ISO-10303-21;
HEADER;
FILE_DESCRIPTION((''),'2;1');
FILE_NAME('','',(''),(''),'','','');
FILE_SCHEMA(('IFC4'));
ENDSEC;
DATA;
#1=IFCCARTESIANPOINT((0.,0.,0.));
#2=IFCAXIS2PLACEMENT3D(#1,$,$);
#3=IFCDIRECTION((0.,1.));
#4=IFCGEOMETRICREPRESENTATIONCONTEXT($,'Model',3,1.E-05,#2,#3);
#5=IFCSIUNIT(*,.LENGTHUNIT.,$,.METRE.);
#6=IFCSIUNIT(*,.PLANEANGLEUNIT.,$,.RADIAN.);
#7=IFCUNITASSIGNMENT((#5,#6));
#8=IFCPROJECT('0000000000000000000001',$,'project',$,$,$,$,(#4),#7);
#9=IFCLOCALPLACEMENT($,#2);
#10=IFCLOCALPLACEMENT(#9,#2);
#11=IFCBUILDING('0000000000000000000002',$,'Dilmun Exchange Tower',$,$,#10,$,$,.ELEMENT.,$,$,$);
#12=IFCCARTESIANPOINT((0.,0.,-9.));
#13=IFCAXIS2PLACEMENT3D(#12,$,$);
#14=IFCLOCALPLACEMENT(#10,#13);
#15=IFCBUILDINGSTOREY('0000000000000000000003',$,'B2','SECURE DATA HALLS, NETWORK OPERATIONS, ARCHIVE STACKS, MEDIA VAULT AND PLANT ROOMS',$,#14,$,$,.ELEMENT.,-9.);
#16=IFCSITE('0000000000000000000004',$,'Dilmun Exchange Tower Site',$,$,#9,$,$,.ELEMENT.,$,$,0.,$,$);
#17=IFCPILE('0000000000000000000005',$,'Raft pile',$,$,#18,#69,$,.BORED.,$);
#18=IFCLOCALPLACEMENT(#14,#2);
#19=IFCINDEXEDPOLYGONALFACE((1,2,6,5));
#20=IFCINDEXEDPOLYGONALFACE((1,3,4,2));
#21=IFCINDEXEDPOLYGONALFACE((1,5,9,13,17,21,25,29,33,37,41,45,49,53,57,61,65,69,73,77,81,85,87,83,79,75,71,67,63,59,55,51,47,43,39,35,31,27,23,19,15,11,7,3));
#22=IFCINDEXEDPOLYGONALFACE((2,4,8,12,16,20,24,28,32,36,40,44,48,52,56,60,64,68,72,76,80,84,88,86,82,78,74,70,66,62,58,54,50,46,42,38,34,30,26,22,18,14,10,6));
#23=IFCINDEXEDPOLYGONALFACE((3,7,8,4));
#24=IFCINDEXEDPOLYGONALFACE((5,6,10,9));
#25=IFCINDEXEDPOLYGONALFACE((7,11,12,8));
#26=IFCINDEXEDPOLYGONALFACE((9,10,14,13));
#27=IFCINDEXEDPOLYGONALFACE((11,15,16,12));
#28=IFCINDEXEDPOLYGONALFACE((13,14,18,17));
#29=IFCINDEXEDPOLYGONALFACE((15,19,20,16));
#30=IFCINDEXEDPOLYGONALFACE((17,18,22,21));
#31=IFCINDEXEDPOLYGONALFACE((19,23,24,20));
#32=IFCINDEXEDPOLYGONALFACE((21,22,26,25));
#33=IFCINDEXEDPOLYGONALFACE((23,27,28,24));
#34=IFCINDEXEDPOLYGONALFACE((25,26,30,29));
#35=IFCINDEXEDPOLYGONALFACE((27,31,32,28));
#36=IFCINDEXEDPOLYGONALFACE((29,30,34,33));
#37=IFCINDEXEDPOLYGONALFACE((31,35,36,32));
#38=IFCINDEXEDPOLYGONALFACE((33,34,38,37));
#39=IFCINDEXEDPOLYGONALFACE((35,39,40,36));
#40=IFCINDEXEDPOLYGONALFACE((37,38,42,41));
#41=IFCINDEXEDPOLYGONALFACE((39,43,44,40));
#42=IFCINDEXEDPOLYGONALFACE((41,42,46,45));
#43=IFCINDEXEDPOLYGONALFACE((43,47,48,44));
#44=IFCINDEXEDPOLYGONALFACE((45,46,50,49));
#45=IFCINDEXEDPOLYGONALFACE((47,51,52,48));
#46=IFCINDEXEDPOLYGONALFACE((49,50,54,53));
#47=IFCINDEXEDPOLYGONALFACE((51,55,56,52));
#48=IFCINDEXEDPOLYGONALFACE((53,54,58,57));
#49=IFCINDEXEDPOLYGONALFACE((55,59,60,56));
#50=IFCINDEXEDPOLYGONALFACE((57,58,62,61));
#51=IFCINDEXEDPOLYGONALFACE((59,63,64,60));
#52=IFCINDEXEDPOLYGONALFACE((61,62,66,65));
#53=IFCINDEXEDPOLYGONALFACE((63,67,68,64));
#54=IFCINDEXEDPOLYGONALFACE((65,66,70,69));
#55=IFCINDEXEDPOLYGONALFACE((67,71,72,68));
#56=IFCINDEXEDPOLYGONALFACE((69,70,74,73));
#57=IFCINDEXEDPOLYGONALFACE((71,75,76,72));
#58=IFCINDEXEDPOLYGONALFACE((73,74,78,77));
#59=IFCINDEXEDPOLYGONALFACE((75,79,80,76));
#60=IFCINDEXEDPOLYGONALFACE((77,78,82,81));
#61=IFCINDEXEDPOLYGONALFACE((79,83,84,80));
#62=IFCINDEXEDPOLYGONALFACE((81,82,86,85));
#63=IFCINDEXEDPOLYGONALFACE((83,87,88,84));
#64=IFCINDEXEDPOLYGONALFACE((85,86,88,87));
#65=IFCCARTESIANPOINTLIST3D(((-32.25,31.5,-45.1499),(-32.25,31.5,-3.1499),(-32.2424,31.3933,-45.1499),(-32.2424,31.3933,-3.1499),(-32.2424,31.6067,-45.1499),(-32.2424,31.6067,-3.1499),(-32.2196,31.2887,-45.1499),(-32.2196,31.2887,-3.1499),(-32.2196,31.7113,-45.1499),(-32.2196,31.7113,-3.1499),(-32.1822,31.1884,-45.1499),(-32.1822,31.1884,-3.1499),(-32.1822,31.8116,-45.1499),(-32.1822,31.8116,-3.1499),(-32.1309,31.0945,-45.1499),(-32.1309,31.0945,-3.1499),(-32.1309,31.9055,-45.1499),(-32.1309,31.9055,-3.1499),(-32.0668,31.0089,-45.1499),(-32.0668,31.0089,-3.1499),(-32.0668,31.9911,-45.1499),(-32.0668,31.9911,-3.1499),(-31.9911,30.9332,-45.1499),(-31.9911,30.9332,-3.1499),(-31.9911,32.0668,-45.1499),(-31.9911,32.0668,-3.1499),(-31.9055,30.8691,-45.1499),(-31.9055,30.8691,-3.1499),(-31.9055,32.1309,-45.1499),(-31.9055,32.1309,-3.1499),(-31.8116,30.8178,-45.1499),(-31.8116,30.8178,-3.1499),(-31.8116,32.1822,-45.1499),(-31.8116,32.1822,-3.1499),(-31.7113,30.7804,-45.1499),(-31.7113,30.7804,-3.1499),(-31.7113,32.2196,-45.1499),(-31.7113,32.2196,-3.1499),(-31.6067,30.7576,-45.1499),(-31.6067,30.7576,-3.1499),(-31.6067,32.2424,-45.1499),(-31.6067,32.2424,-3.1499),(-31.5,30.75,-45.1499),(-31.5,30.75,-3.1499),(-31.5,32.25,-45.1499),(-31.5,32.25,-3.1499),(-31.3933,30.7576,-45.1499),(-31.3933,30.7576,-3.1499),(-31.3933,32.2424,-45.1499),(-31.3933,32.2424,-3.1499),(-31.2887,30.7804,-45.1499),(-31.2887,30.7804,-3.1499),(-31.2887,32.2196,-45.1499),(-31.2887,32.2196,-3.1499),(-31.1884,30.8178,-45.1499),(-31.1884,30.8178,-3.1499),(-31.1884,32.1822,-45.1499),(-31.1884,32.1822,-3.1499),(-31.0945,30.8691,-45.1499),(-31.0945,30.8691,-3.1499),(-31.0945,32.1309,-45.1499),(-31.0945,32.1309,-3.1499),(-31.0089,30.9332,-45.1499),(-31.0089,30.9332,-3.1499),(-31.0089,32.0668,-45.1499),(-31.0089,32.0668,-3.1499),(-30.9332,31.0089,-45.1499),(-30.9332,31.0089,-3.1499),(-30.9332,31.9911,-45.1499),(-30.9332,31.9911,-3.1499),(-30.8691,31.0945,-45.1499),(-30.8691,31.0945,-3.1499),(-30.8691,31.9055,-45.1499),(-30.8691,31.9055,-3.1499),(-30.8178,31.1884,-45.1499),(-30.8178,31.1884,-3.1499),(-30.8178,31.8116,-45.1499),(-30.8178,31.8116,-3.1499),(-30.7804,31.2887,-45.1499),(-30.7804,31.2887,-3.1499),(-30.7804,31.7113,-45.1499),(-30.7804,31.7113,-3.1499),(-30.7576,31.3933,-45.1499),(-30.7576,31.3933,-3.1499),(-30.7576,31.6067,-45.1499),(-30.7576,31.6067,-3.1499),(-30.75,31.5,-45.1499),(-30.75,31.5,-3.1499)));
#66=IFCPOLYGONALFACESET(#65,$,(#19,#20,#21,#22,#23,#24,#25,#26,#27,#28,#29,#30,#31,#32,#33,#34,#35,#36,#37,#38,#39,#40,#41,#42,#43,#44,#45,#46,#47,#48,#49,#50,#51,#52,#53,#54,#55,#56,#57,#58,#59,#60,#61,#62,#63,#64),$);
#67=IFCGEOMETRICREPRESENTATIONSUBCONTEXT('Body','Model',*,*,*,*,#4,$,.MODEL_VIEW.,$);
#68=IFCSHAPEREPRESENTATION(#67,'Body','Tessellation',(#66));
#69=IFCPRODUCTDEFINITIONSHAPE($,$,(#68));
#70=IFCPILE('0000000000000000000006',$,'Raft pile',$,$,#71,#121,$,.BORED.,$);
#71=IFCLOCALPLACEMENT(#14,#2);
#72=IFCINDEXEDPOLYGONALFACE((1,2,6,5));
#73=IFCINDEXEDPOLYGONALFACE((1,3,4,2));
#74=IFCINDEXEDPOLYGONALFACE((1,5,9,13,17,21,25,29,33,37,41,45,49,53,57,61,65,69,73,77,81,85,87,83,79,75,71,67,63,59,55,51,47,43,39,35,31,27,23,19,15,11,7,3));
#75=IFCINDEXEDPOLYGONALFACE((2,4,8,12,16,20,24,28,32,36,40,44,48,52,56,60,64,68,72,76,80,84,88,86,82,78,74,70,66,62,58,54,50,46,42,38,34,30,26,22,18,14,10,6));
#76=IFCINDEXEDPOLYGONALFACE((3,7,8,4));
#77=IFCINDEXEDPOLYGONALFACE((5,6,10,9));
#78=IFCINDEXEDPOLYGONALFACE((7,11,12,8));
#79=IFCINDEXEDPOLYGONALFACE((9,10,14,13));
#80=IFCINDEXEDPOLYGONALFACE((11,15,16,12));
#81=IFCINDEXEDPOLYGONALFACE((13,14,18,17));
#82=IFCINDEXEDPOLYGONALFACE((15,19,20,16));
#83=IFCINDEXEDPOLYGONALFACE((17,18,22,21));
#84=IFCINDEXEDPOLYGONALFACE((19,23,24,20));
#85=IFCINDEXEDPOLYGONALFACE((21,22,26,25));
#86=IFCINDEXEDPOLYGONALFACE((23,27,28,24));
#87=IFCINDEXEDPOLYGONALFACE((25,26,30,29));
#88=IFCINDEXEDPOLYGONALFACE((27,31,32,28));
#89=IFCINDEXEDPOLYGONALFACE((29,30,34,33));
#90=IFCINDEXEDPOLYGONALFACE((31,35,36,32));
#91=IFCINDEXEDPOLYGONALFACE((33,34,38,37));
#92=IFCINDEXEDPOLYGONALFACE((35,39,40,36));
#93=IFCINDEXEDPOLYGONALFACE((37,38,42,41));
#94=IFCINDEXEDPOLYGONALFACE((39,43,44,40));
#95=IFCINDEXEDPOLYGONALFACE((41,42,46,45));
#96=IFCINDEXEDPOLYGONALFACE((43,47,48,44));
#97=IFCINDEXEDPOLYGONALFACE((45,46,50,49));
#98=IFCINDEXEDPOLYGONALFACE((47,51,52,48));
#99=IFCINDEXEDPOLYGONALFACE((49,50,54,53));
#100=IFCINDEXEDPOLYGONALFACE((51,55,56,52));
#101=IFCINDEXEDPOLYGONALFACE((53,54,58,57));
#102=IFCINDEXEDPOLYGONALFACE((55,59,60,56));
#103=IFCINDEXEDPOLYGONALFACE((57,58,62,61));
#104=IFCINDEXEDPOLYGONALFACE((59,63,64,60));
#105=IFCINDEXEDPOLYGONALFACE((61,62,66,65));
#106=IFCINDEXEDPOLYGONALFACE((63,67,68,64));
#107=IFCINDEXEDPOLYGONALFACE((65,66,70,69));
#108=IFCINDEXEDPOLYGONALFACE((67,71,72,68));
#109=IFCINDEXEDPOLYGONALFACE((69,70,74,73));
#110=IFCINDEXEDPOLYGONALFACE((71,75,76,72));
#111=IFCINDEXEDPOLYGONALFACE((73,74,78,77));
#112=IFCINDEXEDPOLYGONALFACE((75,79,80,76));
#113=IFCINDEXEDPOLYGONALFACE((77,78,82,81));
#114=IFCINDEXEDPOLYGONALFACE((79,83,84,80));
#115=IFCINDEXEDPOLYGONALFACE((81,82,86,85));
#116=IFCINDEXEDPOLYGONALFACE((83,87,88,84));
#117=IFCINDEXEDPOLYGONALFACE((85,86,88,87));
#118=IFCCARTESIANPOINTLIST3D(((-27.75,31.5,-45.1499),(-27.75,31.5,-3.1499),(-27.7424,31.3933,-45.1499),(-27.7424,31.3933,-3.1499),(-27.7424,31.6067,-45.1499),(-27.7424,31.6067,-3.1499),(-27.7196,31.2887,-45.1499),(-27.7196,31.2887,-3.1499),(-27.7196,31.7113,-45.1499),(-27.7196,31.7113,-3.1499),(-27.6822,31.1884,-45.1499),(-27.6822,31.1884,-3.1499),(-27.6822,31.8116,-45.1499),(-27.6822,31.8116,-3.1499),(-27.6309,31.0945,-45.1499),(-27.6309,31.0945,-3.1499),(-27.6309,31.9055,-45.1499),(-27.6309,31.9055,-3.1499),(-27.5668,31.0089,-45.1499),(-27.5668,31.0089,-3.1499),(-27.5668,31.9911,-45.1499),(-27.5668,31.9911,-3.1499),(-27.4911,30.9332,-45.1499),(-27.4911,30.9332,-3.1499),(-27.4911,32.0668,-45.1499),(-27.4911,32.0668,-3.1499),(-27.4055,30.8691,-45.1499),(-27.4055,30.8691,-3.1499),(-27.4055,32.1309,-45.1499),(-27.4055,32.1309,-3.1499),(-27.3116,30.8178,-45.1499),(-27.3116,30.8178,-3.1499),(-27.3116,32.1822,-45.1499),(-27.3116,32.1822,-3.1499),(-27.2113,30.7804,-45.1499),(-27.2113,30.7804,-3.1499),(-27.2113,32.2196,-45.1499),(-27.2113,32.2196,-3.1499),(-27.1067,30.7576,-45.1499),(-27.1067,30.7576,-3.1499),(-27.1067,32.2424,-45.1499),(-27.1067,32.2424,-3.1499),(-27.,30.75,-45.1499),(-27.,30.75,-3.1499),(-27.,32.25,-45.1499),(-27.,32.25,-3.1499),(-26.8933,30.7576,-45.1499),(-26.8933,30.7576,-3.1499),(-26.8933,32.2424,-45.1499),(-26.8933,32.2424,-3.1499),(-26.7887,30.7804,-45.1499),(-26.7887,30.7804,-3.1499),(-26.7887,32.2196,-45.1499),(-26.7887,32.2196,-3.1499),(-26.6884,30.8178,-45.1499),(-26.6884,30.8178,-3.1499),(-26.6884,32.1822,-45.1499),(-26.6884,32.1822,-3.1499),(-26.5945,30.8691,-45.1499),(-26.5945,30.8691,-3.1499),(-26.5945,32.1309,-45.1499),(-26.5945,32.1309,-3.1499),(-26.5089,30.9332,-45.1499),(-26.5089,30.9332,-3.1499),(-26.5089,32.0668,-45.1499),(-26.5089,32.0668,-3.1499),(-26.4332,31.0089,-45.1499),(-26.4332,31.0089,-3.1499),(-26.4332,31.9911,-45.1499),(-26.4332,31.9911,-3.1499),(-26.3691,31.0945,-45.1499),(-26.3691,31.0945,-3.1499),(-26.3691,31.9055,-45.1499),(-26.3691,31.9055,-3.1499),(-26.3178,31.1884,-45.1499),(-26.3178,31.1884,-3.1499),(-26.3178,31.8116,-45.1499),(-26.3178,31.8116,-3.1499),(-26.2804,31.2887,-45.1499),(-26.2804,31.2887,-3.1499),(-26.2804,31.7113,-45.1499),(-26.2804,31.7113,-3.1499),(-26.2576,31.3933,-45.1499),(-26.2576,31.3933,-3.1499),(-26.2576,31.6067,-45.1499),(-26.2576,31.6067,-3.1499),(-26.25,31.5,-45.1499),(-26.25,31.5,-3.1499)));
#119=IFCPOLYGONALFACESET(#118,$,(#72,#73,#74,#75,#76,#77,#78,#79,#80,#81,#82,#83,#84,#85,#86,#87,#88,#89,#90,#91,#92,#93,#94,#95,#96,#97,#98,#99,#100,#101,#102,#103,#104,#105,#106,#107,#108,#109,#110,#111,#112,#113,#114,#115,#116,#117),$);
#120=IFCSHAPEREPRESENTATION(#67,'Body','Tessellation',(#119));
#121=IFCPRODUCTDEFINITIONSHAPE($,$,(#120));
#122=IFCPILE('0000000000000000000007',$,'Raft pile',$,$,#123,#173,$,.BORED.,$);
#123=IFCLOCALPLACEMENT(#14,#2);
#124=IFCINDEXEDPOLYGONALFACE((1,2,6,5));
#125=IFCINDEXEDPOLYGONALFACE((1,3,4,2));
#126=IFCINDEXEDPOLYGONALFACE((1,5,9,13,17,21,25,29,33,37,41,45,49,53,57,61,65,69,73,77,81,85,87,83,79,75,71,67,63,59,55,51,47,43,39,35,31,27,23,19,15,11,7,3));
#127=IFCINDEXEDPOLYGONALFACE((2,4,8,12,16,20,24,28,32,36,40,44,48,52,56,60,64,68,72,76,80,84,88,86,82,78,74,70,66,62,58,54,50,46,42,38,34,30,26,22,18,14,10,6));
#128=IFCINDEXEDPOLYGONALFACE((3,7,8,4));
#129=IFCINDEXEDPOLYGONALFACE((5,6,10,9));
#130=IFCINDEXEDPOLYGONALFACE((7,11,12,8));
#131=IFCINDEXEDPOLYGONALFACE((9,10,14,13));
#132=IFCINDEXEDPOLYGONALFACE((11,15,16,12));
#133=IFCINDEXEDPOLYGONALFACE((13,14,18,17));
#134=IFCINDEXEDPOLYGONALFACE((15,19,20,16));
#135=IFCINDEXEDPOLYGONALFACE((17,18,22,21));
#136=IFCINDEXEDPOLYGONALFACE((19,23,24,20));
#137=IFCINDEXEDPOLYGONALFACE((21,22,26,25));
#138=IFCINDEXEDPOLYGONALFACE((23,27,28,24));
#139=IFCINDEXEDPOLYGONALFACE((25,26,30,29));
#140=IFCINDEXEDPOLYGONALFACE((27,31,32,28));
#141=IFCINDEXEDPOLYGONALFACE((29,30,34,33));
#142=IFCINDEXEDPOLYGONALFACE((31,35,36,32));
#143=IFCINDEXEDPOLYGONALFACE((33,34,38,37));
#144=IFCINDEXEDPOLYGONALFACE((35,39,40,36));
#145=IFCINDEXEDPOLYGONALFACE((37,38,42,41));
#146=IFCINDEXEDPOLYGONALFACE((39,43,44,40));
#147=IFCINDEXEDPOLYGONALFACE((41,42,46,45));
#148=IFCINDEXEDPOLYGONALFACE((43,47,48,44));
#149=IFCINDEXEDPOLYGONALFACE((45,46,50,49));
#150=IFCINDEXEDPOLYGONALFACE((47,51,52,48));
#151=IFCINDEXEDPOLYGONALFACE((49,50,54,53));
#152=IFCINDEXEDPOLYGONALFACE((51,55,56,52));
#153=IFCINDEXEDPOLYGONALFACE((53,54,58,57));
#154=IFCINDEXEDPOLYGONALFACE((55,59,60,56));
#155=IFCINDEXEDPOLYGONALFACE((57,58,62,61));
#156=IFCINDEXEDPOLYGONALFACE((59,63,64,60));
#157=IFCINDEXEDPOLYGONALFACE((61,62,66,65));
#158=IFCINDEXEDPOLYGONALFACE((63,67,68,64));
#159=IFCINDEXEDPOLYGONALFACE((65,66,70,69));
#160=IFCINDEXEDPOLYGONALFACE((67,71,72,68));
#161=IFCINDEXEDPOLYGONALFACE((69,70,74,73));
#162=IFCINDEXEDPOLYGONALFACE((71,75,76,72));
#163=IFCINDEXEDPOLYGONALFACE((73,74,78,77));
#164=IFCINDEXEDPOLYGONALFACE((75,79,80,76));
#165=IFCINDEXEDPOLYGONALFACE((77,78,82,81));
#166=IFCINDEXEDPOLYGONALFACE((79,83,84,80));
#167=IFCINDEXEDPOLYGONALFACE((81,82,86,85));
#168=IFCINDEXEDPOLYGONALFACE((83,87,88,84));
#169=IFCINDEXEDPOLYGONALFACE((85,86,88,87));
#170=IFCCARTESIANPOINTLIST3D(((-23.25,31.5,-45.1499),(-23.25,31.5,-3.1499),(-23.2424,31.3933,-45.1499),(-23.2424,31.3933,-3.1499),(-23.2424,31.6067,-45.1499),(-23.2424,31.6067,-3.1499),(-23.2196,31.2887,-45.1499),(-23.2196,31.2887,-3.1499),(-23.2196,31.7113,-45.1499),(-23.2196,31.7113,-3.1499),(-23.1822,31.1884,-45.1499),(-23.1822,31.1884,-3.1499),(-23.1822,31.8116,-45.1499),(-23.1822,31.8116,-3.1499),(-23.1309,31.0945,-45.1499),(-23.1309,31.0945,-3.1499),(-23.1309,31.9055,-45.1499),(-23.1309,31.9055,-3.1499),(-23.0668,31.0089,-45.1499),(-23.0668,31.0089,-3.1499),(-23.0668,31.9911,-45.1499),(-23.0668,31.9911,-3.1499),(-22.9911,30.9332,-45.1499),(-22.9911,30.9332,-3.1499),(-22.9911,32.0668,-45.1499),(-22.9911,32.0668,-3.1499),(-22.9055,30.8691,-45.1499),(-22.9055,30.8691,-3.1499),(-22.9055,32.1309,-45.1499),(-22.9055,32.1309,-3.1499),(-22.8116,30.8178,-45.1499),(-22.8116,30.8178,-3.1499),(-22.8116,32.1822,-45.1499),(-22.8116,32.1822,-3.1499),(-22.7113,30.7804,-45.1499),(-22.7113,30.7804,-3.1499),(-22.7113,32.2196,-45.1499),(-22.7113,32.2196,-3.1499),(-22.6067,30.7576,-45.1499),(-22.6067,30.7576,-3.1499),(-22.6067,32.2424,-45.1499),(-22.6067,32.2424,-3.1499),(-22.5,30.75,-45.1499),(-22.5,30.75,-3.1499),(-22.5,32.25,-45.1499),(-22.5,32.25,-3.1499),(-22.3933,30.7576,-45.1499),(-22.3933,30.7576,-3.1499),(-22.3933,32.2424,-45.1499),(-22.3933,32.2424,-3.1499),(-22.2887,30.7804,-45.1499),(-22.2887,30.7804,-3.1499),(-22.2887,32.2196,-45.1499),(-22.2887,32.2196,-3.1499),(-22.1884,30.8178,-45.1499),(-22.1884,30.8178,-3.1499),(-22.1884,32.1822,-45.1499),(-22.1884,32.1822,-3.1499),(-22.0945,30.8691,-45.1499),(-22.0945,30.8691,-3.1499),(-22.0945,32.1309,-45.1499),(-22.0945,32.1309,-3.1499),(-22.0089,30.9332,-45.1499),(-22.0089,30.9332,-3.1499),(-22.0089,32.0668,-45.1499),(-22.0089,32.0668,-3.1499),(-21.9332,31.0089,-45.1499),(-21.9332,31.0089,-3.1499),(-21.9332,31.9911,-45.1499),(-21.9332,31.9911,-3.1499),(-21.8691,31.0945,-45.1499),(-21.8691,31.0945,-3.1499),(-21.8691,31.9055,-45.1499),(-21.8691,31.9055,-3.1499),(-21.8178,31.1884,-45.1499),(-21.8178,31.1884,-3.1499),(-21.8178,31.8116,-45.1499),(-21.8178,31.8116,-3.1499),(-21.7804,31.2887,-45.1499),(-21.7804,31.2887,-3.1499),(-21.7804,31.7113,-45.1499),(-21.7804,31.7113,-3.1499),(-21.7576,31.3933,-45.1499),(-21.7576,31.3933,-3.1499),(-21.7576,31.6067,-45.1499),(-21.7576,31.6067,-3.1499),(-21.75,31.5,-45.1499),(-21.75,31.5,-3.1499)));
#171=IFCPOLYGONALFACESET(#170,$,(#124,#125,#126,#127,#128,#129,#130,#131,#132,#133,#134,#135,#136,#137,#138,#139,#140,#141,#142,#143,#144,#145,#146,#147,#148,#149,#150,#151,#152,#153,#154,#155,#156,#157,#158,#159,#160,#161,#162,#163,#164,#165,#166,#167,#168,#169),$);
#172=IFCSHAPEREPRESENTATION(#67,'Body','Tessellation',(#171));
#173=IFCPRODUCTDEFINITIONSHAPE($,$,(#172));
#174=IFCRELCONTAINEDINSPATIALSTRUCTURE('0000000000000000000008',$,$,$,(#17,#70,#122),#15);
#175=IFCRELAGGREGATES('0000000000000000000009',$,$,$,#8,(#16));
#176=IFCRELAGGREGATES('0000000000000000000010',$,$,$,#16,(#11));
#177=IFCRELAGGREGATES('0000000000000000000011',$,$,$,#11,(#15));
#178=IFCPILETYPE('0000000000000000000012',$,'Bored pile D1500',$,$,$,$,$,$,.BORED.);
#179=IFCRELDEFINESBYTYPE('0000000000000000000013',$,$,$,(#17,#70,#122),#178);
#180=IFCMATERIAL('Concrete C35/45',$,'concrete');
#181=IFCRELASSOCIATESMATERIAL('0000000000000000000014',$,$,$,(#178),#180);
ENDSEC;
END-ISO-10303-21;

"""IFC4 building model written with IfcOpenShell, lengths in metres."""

from ifc_helpers import new_model, si_unit, direction, frame, origin, origin_2d, place, context, subcontext, project, spatial, circle, extrude, material, material_profile, profile_set, type_object, element, save


model = new_model("IFC4")

# Units and contexts
model_context = context("Model", 3, precision=1e-05, world=origin(), true_north=direction((0.0, 1.0)))
body_context = subcontext(model_context, "Body", "Model", "MODEL_VIEW")
ifc_project = project(units=[si_unit("LENGTHUNIT", "METRE"), si_unit("PLANEANGLEUNIT", "RADIAN")], contexts=[model_context])

# Site, building, storey
site_placement = place(None, origin())
site = spatial("IfcSite", under=ifc_project, at=site_placement, Name="Dilmun Exchange Tower Site", CompositionType="ELEMENT", RefElevation=0.0)
building_placement = place(site_placement, origin())
building = spatial("IfcBuilding", under=site, at=building_placement, Name="Dilmun Exchange Tower", CompositionType="ELEMENT")
storey_placement = place(building_placement, frame((0.0, 0.0, -9.0)))
storey = spatial("IfcBuildingStorey", under=building, at=storey_placement, Name="B2", Description="SECURE DATA HALLS, NETWORK OPERATIONS, ARCHIVE STACKS, MEDIA VAULT AND PLANT ROOMS", CompositionType="ELEMENT", Elevation=-9.0)

# Piles
ifc_material_1 = material(Name="Concrete C35/45", Category="concrete")
ifc_material_profile_1 = material_profile(ifc_material_1, circle(Radius=0.75, at=origin_2d()), Name="D1500")
ifc_profile_set_1 = profile_set([ifc_material_profile_1], Name="Concrete C35/45")
pile_type = type_object("IfcPileType", Name="Bored pile D1500", PredefinedType="BORED", material=ifc_profile_set_1)
for number, where, z_axis, x_axis, name in (
    (1, (-31.5, 31.5, -3.1499), (0.0, 0.0, -1.0), (1.0, 0.0, 0.0), "Raft pile"),
    (2, (-27.0, 31.5, -3.1499), (0.0, 0.0, -1.0), (1.0, 0.0, 0.0), "Raft pile"),
    (3, (-22.5, 31.5, -3.1499), (0.0, 0.0, -1.0), (1.0, 0.0, 0.0), "Raft pile"),
):
    element("IfcPile", number, at=place(storey_placement, frame(where, z_axis=z_axis, x_axis=x_axis)), inside=storey, type_object=pile_type, Name=name, PredefinedType="BORED", context=body_context, shape_type="SweptSolid", body=[
        extrude(circle(Radius=0.75, at=origin_2d()), origin(), (0.0, 0.0, 1.0), 42.0),
    ])

save(model, "model.ifc")
